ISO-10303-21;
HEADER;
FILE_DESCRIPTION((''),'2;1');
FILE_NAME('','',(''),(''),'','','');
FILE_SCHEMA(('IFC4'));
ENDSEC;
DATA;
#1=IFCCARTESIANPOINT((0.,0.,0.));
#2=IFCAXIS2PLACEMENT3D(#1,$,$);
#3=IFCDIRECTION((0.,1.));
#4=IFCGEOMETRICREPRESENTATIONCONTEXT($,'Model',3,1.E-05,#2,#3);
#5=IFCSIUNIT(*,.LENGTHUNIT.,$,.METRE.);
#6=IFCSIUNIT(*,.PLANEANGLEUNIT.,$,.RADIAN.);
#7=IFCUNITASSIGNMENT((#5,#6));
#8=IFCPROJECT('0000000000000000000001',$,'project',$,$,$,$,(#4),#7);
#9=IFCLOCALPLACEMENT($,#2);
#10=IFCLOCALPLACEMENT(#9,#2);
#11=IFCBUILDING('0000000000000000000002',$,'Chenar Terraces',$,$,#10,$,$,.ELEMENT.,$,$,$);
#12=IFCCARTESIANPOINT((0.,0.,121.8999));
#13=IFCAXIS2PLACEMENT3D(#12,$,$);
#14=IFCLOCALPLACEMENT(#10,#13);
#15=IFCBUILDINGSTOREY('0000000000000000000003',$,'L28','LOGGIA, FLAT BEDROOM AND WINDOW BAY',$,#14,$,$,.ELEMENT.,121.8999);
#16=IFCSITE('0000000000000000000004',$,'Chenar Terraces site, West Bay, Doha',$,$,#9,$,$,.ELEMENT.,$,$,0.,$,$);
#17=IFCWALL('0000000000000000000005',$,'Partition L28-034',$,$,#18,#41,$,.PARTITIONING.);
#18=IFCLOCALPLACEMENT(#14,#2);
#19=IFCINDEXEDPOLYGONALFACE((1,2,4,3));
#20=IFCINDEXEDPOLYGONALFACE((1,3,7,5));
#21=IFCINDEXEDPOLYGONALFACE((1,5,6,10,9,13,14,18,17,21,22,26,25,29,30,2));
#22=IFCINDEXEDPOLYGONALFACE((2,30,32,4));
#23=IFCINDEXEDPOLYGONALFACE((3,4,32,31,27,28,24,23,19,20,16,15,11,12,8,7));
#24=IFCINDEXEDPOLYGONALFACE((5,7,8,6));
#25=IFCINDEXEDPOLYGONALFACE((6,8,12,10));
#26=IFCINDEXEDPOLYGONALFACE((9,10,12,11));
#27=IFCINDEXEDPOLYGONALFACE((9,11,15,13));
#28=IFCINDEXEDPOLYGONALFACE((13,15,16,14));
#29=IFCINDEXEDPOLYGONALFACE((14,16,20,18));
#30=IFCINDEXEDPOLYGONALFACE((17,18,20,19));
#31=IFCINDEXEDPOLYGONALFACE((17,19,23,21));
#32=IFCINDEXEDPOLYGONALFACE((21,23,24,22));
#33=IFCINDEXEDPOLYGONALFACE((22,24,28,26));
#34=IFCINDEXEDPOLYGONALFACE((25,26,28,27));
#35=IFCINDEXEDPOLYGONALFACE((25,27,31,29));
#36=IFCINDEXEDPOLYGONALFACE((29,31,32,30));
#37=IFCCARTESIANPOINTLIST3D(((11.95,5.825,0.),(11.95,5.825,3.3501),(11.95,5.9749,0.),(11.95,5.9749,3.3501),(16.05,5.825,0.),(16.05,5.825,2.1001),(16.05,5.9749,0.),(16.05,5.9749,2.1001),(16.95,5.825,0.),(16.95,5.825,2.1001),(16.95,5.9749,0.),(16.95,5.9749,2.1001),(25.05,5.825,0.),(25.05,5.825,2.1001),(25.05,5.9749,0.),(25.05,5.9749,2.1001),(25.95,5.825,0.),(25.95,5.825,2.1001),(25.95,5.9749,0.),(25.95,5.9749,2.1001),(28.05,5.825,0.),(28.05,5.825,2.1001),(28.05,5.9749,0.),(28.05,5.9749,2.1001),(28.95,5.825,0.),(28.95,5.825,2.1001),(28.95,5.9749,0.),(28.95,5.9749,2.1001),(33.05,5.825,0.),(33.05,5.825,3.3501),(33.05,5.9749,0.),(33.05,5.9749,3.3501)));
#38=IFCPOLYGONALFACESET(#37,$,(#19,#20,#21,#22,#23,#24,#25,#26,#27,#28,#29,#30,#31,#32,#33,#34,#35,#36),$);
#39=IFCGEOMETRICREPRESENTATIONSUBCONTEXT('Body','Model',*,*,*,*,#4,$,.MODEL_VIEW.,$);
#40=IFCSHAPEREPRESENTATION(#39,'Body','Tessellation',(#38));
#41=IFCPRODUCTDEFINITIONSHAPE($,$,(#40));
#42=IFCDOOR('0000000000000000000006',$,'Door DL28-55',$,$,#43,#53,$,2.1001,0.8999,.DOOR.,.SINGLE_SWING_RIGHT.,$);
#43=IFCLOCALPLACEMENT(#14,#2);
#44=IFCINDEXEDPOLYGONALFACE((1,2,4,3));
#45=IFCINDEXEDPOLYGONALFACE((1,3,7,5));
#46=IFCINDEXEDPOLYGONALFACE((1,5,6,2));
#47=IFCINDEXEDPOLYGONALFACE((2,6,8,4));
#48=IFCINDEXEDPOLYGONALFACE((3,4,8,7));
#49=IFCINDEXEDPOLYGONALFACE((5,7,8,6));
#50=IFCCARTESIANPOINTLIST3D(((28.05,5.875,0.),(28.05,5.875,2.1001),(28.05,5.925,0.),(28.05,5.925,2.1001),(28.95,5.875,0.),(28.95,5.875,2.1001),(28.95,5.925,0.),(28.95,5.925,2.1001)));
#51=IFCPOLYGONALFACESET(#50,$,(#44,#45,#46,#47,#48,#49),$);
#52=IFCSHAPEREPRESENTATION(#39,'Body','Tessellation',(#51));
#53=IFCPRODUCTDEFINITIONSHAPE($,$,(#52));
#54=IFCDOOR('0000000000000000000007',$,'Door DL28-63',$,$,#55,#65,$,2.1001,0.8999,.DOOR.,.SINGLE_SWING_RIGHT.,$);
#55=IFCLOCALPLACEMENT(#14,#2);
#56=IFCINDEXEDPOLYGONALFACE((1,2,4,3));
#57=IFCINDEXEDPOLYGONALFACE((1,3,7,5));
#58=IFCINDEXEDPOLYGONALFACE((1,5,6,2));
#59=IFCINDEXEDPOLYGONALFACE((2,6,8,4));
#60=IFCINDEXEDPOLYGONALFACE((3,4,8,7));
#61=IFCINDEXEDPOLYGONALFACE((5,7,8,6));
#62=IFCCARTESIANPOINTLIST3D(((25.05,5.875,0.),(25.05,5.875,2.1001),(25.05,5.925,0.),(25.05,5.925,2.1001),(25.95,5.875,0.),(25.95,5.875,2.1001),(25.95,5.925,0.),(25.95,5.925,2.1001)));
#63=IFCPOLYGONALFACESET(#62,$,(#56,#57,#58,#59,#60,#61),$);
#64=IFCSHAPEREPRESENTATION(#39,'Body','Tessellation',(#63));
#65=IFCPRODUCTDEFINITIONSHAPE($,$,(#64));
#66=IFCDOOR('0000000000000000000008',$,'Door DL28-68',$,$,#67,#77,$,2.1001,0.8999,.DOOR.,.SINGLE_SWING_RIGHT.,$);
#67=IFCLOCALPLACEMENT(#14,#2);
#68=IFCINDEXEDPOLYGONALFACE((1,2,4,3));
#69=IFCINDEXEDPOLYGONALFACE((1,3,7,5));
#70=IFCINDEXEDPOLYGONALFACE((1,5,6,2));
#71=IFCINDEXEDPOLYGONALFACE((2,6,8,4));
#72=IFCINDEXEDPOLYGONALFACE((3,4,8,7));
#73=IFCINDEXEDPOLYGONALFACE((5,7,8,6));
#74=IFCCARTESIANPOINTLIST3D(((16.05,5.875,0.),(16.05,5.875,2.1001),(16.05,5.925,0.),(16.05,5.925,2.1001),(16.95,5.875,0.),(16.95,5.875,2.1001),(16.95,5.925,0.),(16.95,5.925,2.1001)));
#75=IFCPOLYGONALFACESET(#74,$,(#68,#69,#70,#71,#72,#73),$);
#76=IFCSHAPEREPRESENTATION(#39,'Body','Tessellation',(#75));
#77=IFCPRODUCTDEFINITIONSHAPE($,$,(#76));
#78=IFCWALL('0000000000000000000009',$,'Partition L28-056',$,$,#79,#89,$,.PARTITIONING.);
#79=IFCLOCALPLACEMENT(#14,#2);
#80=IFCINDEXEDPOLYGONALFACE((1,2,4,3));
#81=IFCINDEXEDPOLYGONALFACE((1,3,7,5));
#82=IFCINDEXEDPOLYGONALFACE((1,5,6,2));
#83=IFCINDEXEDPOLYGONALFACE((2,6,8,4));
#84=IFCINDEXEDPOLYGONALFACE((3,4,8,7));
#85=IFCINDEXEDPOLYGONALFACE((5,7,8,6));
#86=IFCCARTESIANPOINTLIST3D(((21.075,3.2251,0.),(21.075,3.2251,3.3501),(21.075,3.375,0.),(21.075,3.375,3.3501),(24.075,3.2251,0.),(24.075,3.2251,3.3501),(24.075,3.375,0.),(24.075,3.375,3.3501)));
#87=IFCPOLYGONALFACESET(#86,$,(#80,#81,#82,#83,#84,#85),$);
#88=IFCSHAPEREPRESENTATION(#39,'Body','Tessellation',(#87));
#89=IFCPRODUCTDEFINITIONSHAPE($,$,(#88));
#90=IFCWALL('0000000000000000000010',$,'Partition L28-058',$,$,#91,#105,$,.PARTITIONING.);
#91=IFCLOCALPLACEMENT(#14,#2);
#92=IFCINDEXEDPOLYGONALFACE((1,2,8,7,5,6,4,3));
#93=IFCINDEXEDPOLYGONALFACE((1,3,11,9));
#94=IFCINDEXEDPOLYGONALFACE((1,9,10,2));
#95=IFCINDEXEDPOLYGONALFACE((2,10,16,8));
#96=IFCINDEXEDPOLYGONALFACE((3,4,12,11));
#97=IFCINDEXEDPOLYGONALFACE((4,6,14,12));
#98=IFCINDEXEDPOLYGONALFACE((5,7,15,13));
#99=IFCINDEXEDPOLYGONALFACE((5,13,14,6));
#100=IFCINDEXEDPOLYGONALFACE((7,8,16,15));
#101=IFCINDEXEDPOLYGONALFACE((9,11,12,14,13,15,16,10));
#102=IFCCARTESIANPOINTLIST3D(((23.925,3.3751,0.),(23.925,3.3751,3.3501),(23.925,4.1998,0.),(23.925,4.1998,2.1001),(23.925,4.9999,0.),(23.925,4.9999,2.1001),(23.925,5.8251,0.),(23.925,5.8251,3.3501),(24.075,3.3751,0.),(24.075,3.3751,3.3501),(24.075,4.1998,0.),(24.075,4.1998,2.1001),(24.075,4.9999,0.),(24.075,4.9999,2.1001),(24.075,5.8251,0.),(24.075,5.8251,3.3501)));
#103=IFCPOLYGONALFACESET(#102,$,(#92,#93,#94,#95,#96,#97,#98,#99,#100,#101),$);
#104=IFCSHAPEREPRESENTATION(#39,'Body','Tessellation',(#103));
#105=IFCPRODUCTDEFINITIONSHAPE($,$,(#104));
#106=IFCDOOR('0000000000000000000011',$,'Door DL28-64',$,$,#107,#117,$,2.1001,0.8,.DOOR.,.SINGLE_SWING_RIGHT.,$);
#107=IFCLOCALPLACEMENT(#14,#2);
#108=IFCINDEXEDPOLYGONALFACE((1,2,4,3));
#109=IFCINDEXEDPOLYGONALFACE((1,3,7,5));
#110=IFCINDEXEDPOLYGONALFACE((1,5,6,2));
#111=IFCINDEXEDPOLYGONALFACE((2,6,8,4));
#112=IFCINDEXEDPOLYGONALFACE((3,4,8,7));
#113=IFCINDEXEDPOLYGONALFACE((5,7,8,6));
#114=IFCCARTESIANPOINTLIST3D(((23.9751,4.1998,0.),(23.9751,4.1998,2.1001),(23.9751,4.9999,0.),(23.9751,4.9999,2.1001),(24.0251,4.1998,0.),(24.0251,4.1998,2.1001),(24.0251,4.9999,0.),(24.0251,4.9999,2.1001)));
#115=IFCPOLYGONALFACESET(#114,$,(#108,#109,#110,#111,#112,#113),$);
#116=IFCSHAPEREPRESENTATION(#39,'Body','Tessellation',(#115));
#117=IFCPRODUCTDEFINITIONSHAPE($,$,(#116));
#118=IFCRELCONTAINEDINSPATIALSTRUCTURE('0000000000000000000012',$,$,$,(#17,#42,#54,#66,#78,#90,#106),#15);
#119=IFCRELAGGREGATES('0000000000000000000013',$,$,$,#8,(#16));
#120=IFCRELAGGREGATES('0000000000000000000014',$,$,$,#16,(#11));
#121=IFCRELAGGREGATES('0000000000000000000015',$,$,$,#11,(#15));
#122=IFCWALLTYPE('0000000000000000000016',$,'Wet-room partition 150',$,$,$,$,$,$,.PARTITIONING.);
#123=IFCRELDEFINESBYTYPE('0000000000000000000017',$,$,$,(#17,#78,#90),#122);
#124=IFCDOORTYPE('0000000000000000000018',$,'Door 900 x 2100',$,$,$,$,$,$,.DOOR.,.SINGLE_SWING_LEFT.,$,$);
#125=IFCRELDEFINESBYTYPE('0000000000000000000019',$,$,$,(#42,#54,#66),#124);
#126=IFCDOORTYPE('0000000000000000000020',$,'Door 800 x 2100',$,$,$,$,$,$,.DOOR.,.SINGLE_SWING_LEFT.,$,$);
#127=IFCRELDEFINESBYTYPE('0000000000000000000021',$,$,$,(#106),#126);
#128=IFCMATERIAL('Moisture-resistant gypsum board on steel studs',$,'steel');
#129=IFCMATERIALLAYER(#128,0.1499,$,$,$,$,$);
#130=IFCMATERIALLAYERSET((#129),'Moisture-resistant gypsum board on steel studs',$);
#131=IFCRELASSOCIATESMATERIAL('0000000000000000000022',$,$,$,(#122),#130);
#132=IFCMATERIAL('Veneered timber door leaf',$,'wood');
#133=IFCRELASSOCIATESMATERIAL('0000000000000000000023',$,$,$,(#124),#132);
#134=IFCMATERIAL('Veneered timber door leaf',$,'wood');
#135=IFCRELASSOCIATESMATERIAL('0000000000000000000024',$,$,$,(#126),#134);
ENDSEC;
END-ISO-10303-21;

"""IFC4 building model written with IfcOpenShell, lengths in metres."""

from ifc_helpers import new_model, si_unit, direction, frame, frame_2d, origin, place, context, subcontext, project, spatial, rectangle, extrude, material, layer, layer_set, type_object, element, fill, save


model = new_model("IFC4")

# Units and contexts
model_context = context("Model", 3, precision=1e-05, world=origin(), true_north=direction((0.0, 1.0)))
body_context = subcontext(model_context, "Body", "Model", "MODEL_VIEW")
ifc_project = project(units=[si_unit("LENGTHUNIT", "METRE"), si_unit("PLANEANGLEUNIT", "RADIAN")], contexts=[model_context])

# Site, building, storey
site_placement = place(None, origin())
site = spatial("IfcSite", under=ifc_project, at=site_placement, Name="Chenar Terraces site, West Bay, Doha", CompositionType="ELEMENT", RefElevation=0.0)
building_placement = place(site_placement, origin())
building = spatial("IfcBuilding", under=site, at=building_placement, Name="Chenar Terraces", CompositionType="ELEMENT")
storey_placement = place(building_placement, frame((0.0, 0.0, 121.8999)))
storey = spatial("IfcBuildingStorey", under=building, at=storey_placement, Name="L28", Description="LOGGIA, FLAT BEDROOM AND WINDOW BAY", CompositionType="ELEMENT", Elevation=121.8999)

# Wall, openings, doors
ifc_material_1 = material(Name="Moisture-resistant gypsum board on steel studs", Category="steel")
ifc_layer_1 = layer(ifc_material_1, 0.1499)
ifc_layer_set_1 = layer_set([ifc_layer_1], Name="Moisture-resistant gypsum board on steel studs")
wall_type_1 = type_object("IfcWallType", Name="Wet-room partition 150", PredefinedType="PARTITIONING", material=ifc_layer_set_1)
wall_1_placement = place(storey_placement, frame((11.95, 5.8999, 0.0), z_axis=(0.0, 0.0, 1.0), x_axis=(1.0, 0.0, 0.0)))
wall_1 = element("IfcWall", 1, at=wall_1_placement, inside=storey, type_object=wall_type_1, Name="Partition L28-034", PredefinedType="PARTITIONING", context=body_context, shape_type="SweptSolid", body=[
    extrude(rectangle(XDim=21.1001, YDim=0.1499, at=frame_2d((10.55, 0.0))), origin(), (0.0, 0.0, 1.0), 3.3501),
])
opening_1_placement = place(wall_1_placement, frame((16.1001, 0.0, 0.0)))
opening_1 = element("IfcOpeningElement", 2, at=opening_1_placement, cuts=wall_1, PredefinedType="OPENING", context=body_context, shape_type="SweptSolid", body=[
    extrude(rectangle(XDim=0.8999, YDim=2.1001, at=frame_2d((0.45, 1.05))), frame((0.0, 0.085, 0.0), z_axis=(0.0, -1.0, 0.0), x_axis=(1.0, 0.0, 0.0)), (0.0, 0.0, 1.0), 0.1699),
])
opening_2_placement = place(wall_1_placement, frame((13.1001, 0.0, 0.0)))
opening_2 = element("IfcOpeningElement", 3, at=opening_2_placement, cuts=wall_1, PredefinedType="OPENING", context=body_context, shape_type="SweptSolid", body=[
    extrude(rectangle(XDim=0.8999, YDim=2.1001, at=frame_2d((0.45, 1.05))), frame((0.0, 0.085, 0.0), z_axis=(0.0, -1.0, 0.0), x_axis=(1.0, 0.0, 0.0)), (0.0, 0.0, 1.0), 0.1699),
])
opening_3_placement = place(wall_1_placement, frame((4.1001, 0.0, 0.0)))
opening_3 = element("IfcOpeningElement", 4, at=opening_3_placement, cuts=wall_1, PredefinedType="OPENING", context=body_context, shape_type="SweptSolid", body=[
    extrude(rectangle(XDim=0.8999, YDim=2.1001, at=frame_2d((0.45, 1.05))), frame((0.0, 0.085, 0.0), z_axis=(0.0, -1.0, 0.0), x_axis=(1.0, 0.0, 0.0)), (0.0, 0.0, 1.0), 0.1699),
])
ifc_material_2 = material(Name="Veneered timber door leaf", Category="wood")
door_type_1 = type_object("IfcDoorType", Name="Door 900 x 2100", OperationType="SINGLE_SWING_LEFT", PredefinedType="DOOR", material=ifc_material_2)
door_1_placement = place(opening_1_placement, frame((0.8999, 0.0, 0.0), z_axis=(0.0, 0.0, 1.0), x_axis=(-1.0, 0.0, 0.0)))
door_1 = element("IfcDoor", 5, at=door_1_placement, inside=storey, type_object=door_type_1, Name="Door DL28-55", OperationType="SINGLE_SWING_RIGHT", OverallHeight=2.1001, OverallWidth=0.8999, PredefinedType="DOOR", context=body_context, shape_type="SweptSolid", body=[
    extrude(rectangle(XDim=0.8999, YDim=2.1001, at=frame_2d((0.45, 1.05))), frame((0.0, 0.0249, 0.0), z_axis=(0.0, -1.0, 0.0), x_axis=(1.0, 0.0, 0.0)), (0.0, 0.0, 1.0), 0.05),
])
fill(opening_1, door_1)
door_2_placement = place(opening_2_placement, frame((0.8999, 0.0, 0.0), z_axis=(0.0, 0.0, 1.0), x_axis=(-1.0, 0.0, 0.0)))
door_2 = element("IfcDoor", 6, at=door_2_placement, inside=storey, type_object=door_type_1, Name="Door DL28-63", OperationType="SINGLE_SWING_RIGHT", OverallHeight=2.1001, OverallWidth=0.8999, PredefinedType="DOOR", context=body_context, shape_type="SweptSolid", body=[
    extrude(rectangle(XDim=0.8999, YDim=2.1001, at=frame_2d((0.45, 1.05))), frame((0.0, 0.0249, 0.0), z_axis=(0.0, -1.0, 0.0), x_axis=(1.0, 0.0, 0.0)), (0.0, 0.0, 1.0), 0.05),
])
fill(opening_2, door_2)
door_3_placement = place(opening_3_placement, frame((0.8999, 0.0, 0.0), z_axis=(0.0, 0.0, 1.0), x_axis=(-1.0, 0.0, 0.0)))
door_3 = element("IfcDoor", 7, at=door_3_placement, inside=storey, type_object=door_type_1, Name="Door DL28-68", OperationType="SINGLE_SWING_RIGHT", OverallHeight=2.1001, OverallWidth=0.8999, PredefinedType="DOOR", context=body_context, shape_type="SweptSolid", body=[
    extrude(rectangle(XDim=0.8999, YDim=2.1001, at=frame_2d((0.45, 1.05))), frame((0.0, 0.0249, 0.0), z_axis=(0.0, -1.0, 0.0), x_axis=(1.0, 0.0, 0.0)), (0.0, 0.0, 1.0), 0.05),
])
fill(opening_3, door_3)

# Wall
wall_2_placement = place(storey_placement, frame((21.075, 3.3, 0.0), z_axis=(0.0, 0.0, 1.0), x_axis=(1.0, 0.0, 0.0)))
element("IfcWall", 8, at=wall_2_placement, inside=storey, type_object=wall_type_1, Name="Partition L28-056", PredefinedType="PARTITIONING", context=body_context, shape_type="SweptSolid", body=[
    extrude(rectangle(XDim=3.0, YDim=0.1499, at=frame_2d((1.5, 0.0))), origin(), (0.0, 0.0, 1.0), 3.3501),
])

# Wall, opening, door
wall_3_placement = place(storey_placement, frame((24.0, 3.375, 0.0), z_axis=(0.0, 0.0, 1.0), x_axis=(0.0, 1.0, 0.0)))
wall_3 = element("IfcWall", 9, at=wall_3_placement, inside=storey, type_object=wall_type_1, Name="Partition L28-058", PredefinedType="PARTITIONING", context=body_context, shape_type="SweptSolid", body=[
    extrude(rectangle(XDim=2.45, YDim=0.1499, at=frame_2d((1.2251, 0.0))), origin(), (0.0, 0.0, 1.0), 3.3501),
])
opening_4_placement = place(wall_3_placement, frame((0.825, 0.0, 0.0)))
opening_4 = element("IfcOpeningElement", 10, at=opening_4_placement, cuts=wall_3, PredefinedType="OPENING", context=body_context, shape_type="SweptSolid", body=[
    extrude(rectangle(XDim=0.8, YDim=2.1001, at=frame_2d((0.3999, 1.05))), frame((0.0, 0.085, 0.0), z_axis=(0.0, -1.0, 0.0), x_axis=(1.0, 0.0, 0.0)), (0.0, 0.0, 1.0), 0.1699),
])
ifc_material_3 = material(Name="Veneered timber door leaf", Category="wood")
door_type_2 = type_object("IfcDoorType", Name="Door 800 x 2100", OperationType="SINGLE_SWING_LEFT", PredefinedType="DOOR", material=ifc_material_3)
door_4_placement = place(opening_4_placement, origin())
door_4 = element("IfcDoor", 11, at=door_4_placement, inside=storey, type_object=door_type_2, Name="Door DL28-64", OperationType="SINGLE_SWING_RIGHT", OverallHeight=2.1001, OverallWidth=0.8, PredefinedType="DOOR", context=body_context, shape_type="SweptSolid", body=[
    extrude(rectangle(XDim=0.8, YDim=2.1001, at=frame_2d((0.3999, 1.05))), frame((0.0, 0.0249, 0.0), z_axis=(0.0, -1.0, 0.0), x_axis=(1.0, 0.0, 0.0)), (0.0, 0.0, 1.0), 0.05),
])
fill(opening_4, door_4)

save(model, "model.ifc")
